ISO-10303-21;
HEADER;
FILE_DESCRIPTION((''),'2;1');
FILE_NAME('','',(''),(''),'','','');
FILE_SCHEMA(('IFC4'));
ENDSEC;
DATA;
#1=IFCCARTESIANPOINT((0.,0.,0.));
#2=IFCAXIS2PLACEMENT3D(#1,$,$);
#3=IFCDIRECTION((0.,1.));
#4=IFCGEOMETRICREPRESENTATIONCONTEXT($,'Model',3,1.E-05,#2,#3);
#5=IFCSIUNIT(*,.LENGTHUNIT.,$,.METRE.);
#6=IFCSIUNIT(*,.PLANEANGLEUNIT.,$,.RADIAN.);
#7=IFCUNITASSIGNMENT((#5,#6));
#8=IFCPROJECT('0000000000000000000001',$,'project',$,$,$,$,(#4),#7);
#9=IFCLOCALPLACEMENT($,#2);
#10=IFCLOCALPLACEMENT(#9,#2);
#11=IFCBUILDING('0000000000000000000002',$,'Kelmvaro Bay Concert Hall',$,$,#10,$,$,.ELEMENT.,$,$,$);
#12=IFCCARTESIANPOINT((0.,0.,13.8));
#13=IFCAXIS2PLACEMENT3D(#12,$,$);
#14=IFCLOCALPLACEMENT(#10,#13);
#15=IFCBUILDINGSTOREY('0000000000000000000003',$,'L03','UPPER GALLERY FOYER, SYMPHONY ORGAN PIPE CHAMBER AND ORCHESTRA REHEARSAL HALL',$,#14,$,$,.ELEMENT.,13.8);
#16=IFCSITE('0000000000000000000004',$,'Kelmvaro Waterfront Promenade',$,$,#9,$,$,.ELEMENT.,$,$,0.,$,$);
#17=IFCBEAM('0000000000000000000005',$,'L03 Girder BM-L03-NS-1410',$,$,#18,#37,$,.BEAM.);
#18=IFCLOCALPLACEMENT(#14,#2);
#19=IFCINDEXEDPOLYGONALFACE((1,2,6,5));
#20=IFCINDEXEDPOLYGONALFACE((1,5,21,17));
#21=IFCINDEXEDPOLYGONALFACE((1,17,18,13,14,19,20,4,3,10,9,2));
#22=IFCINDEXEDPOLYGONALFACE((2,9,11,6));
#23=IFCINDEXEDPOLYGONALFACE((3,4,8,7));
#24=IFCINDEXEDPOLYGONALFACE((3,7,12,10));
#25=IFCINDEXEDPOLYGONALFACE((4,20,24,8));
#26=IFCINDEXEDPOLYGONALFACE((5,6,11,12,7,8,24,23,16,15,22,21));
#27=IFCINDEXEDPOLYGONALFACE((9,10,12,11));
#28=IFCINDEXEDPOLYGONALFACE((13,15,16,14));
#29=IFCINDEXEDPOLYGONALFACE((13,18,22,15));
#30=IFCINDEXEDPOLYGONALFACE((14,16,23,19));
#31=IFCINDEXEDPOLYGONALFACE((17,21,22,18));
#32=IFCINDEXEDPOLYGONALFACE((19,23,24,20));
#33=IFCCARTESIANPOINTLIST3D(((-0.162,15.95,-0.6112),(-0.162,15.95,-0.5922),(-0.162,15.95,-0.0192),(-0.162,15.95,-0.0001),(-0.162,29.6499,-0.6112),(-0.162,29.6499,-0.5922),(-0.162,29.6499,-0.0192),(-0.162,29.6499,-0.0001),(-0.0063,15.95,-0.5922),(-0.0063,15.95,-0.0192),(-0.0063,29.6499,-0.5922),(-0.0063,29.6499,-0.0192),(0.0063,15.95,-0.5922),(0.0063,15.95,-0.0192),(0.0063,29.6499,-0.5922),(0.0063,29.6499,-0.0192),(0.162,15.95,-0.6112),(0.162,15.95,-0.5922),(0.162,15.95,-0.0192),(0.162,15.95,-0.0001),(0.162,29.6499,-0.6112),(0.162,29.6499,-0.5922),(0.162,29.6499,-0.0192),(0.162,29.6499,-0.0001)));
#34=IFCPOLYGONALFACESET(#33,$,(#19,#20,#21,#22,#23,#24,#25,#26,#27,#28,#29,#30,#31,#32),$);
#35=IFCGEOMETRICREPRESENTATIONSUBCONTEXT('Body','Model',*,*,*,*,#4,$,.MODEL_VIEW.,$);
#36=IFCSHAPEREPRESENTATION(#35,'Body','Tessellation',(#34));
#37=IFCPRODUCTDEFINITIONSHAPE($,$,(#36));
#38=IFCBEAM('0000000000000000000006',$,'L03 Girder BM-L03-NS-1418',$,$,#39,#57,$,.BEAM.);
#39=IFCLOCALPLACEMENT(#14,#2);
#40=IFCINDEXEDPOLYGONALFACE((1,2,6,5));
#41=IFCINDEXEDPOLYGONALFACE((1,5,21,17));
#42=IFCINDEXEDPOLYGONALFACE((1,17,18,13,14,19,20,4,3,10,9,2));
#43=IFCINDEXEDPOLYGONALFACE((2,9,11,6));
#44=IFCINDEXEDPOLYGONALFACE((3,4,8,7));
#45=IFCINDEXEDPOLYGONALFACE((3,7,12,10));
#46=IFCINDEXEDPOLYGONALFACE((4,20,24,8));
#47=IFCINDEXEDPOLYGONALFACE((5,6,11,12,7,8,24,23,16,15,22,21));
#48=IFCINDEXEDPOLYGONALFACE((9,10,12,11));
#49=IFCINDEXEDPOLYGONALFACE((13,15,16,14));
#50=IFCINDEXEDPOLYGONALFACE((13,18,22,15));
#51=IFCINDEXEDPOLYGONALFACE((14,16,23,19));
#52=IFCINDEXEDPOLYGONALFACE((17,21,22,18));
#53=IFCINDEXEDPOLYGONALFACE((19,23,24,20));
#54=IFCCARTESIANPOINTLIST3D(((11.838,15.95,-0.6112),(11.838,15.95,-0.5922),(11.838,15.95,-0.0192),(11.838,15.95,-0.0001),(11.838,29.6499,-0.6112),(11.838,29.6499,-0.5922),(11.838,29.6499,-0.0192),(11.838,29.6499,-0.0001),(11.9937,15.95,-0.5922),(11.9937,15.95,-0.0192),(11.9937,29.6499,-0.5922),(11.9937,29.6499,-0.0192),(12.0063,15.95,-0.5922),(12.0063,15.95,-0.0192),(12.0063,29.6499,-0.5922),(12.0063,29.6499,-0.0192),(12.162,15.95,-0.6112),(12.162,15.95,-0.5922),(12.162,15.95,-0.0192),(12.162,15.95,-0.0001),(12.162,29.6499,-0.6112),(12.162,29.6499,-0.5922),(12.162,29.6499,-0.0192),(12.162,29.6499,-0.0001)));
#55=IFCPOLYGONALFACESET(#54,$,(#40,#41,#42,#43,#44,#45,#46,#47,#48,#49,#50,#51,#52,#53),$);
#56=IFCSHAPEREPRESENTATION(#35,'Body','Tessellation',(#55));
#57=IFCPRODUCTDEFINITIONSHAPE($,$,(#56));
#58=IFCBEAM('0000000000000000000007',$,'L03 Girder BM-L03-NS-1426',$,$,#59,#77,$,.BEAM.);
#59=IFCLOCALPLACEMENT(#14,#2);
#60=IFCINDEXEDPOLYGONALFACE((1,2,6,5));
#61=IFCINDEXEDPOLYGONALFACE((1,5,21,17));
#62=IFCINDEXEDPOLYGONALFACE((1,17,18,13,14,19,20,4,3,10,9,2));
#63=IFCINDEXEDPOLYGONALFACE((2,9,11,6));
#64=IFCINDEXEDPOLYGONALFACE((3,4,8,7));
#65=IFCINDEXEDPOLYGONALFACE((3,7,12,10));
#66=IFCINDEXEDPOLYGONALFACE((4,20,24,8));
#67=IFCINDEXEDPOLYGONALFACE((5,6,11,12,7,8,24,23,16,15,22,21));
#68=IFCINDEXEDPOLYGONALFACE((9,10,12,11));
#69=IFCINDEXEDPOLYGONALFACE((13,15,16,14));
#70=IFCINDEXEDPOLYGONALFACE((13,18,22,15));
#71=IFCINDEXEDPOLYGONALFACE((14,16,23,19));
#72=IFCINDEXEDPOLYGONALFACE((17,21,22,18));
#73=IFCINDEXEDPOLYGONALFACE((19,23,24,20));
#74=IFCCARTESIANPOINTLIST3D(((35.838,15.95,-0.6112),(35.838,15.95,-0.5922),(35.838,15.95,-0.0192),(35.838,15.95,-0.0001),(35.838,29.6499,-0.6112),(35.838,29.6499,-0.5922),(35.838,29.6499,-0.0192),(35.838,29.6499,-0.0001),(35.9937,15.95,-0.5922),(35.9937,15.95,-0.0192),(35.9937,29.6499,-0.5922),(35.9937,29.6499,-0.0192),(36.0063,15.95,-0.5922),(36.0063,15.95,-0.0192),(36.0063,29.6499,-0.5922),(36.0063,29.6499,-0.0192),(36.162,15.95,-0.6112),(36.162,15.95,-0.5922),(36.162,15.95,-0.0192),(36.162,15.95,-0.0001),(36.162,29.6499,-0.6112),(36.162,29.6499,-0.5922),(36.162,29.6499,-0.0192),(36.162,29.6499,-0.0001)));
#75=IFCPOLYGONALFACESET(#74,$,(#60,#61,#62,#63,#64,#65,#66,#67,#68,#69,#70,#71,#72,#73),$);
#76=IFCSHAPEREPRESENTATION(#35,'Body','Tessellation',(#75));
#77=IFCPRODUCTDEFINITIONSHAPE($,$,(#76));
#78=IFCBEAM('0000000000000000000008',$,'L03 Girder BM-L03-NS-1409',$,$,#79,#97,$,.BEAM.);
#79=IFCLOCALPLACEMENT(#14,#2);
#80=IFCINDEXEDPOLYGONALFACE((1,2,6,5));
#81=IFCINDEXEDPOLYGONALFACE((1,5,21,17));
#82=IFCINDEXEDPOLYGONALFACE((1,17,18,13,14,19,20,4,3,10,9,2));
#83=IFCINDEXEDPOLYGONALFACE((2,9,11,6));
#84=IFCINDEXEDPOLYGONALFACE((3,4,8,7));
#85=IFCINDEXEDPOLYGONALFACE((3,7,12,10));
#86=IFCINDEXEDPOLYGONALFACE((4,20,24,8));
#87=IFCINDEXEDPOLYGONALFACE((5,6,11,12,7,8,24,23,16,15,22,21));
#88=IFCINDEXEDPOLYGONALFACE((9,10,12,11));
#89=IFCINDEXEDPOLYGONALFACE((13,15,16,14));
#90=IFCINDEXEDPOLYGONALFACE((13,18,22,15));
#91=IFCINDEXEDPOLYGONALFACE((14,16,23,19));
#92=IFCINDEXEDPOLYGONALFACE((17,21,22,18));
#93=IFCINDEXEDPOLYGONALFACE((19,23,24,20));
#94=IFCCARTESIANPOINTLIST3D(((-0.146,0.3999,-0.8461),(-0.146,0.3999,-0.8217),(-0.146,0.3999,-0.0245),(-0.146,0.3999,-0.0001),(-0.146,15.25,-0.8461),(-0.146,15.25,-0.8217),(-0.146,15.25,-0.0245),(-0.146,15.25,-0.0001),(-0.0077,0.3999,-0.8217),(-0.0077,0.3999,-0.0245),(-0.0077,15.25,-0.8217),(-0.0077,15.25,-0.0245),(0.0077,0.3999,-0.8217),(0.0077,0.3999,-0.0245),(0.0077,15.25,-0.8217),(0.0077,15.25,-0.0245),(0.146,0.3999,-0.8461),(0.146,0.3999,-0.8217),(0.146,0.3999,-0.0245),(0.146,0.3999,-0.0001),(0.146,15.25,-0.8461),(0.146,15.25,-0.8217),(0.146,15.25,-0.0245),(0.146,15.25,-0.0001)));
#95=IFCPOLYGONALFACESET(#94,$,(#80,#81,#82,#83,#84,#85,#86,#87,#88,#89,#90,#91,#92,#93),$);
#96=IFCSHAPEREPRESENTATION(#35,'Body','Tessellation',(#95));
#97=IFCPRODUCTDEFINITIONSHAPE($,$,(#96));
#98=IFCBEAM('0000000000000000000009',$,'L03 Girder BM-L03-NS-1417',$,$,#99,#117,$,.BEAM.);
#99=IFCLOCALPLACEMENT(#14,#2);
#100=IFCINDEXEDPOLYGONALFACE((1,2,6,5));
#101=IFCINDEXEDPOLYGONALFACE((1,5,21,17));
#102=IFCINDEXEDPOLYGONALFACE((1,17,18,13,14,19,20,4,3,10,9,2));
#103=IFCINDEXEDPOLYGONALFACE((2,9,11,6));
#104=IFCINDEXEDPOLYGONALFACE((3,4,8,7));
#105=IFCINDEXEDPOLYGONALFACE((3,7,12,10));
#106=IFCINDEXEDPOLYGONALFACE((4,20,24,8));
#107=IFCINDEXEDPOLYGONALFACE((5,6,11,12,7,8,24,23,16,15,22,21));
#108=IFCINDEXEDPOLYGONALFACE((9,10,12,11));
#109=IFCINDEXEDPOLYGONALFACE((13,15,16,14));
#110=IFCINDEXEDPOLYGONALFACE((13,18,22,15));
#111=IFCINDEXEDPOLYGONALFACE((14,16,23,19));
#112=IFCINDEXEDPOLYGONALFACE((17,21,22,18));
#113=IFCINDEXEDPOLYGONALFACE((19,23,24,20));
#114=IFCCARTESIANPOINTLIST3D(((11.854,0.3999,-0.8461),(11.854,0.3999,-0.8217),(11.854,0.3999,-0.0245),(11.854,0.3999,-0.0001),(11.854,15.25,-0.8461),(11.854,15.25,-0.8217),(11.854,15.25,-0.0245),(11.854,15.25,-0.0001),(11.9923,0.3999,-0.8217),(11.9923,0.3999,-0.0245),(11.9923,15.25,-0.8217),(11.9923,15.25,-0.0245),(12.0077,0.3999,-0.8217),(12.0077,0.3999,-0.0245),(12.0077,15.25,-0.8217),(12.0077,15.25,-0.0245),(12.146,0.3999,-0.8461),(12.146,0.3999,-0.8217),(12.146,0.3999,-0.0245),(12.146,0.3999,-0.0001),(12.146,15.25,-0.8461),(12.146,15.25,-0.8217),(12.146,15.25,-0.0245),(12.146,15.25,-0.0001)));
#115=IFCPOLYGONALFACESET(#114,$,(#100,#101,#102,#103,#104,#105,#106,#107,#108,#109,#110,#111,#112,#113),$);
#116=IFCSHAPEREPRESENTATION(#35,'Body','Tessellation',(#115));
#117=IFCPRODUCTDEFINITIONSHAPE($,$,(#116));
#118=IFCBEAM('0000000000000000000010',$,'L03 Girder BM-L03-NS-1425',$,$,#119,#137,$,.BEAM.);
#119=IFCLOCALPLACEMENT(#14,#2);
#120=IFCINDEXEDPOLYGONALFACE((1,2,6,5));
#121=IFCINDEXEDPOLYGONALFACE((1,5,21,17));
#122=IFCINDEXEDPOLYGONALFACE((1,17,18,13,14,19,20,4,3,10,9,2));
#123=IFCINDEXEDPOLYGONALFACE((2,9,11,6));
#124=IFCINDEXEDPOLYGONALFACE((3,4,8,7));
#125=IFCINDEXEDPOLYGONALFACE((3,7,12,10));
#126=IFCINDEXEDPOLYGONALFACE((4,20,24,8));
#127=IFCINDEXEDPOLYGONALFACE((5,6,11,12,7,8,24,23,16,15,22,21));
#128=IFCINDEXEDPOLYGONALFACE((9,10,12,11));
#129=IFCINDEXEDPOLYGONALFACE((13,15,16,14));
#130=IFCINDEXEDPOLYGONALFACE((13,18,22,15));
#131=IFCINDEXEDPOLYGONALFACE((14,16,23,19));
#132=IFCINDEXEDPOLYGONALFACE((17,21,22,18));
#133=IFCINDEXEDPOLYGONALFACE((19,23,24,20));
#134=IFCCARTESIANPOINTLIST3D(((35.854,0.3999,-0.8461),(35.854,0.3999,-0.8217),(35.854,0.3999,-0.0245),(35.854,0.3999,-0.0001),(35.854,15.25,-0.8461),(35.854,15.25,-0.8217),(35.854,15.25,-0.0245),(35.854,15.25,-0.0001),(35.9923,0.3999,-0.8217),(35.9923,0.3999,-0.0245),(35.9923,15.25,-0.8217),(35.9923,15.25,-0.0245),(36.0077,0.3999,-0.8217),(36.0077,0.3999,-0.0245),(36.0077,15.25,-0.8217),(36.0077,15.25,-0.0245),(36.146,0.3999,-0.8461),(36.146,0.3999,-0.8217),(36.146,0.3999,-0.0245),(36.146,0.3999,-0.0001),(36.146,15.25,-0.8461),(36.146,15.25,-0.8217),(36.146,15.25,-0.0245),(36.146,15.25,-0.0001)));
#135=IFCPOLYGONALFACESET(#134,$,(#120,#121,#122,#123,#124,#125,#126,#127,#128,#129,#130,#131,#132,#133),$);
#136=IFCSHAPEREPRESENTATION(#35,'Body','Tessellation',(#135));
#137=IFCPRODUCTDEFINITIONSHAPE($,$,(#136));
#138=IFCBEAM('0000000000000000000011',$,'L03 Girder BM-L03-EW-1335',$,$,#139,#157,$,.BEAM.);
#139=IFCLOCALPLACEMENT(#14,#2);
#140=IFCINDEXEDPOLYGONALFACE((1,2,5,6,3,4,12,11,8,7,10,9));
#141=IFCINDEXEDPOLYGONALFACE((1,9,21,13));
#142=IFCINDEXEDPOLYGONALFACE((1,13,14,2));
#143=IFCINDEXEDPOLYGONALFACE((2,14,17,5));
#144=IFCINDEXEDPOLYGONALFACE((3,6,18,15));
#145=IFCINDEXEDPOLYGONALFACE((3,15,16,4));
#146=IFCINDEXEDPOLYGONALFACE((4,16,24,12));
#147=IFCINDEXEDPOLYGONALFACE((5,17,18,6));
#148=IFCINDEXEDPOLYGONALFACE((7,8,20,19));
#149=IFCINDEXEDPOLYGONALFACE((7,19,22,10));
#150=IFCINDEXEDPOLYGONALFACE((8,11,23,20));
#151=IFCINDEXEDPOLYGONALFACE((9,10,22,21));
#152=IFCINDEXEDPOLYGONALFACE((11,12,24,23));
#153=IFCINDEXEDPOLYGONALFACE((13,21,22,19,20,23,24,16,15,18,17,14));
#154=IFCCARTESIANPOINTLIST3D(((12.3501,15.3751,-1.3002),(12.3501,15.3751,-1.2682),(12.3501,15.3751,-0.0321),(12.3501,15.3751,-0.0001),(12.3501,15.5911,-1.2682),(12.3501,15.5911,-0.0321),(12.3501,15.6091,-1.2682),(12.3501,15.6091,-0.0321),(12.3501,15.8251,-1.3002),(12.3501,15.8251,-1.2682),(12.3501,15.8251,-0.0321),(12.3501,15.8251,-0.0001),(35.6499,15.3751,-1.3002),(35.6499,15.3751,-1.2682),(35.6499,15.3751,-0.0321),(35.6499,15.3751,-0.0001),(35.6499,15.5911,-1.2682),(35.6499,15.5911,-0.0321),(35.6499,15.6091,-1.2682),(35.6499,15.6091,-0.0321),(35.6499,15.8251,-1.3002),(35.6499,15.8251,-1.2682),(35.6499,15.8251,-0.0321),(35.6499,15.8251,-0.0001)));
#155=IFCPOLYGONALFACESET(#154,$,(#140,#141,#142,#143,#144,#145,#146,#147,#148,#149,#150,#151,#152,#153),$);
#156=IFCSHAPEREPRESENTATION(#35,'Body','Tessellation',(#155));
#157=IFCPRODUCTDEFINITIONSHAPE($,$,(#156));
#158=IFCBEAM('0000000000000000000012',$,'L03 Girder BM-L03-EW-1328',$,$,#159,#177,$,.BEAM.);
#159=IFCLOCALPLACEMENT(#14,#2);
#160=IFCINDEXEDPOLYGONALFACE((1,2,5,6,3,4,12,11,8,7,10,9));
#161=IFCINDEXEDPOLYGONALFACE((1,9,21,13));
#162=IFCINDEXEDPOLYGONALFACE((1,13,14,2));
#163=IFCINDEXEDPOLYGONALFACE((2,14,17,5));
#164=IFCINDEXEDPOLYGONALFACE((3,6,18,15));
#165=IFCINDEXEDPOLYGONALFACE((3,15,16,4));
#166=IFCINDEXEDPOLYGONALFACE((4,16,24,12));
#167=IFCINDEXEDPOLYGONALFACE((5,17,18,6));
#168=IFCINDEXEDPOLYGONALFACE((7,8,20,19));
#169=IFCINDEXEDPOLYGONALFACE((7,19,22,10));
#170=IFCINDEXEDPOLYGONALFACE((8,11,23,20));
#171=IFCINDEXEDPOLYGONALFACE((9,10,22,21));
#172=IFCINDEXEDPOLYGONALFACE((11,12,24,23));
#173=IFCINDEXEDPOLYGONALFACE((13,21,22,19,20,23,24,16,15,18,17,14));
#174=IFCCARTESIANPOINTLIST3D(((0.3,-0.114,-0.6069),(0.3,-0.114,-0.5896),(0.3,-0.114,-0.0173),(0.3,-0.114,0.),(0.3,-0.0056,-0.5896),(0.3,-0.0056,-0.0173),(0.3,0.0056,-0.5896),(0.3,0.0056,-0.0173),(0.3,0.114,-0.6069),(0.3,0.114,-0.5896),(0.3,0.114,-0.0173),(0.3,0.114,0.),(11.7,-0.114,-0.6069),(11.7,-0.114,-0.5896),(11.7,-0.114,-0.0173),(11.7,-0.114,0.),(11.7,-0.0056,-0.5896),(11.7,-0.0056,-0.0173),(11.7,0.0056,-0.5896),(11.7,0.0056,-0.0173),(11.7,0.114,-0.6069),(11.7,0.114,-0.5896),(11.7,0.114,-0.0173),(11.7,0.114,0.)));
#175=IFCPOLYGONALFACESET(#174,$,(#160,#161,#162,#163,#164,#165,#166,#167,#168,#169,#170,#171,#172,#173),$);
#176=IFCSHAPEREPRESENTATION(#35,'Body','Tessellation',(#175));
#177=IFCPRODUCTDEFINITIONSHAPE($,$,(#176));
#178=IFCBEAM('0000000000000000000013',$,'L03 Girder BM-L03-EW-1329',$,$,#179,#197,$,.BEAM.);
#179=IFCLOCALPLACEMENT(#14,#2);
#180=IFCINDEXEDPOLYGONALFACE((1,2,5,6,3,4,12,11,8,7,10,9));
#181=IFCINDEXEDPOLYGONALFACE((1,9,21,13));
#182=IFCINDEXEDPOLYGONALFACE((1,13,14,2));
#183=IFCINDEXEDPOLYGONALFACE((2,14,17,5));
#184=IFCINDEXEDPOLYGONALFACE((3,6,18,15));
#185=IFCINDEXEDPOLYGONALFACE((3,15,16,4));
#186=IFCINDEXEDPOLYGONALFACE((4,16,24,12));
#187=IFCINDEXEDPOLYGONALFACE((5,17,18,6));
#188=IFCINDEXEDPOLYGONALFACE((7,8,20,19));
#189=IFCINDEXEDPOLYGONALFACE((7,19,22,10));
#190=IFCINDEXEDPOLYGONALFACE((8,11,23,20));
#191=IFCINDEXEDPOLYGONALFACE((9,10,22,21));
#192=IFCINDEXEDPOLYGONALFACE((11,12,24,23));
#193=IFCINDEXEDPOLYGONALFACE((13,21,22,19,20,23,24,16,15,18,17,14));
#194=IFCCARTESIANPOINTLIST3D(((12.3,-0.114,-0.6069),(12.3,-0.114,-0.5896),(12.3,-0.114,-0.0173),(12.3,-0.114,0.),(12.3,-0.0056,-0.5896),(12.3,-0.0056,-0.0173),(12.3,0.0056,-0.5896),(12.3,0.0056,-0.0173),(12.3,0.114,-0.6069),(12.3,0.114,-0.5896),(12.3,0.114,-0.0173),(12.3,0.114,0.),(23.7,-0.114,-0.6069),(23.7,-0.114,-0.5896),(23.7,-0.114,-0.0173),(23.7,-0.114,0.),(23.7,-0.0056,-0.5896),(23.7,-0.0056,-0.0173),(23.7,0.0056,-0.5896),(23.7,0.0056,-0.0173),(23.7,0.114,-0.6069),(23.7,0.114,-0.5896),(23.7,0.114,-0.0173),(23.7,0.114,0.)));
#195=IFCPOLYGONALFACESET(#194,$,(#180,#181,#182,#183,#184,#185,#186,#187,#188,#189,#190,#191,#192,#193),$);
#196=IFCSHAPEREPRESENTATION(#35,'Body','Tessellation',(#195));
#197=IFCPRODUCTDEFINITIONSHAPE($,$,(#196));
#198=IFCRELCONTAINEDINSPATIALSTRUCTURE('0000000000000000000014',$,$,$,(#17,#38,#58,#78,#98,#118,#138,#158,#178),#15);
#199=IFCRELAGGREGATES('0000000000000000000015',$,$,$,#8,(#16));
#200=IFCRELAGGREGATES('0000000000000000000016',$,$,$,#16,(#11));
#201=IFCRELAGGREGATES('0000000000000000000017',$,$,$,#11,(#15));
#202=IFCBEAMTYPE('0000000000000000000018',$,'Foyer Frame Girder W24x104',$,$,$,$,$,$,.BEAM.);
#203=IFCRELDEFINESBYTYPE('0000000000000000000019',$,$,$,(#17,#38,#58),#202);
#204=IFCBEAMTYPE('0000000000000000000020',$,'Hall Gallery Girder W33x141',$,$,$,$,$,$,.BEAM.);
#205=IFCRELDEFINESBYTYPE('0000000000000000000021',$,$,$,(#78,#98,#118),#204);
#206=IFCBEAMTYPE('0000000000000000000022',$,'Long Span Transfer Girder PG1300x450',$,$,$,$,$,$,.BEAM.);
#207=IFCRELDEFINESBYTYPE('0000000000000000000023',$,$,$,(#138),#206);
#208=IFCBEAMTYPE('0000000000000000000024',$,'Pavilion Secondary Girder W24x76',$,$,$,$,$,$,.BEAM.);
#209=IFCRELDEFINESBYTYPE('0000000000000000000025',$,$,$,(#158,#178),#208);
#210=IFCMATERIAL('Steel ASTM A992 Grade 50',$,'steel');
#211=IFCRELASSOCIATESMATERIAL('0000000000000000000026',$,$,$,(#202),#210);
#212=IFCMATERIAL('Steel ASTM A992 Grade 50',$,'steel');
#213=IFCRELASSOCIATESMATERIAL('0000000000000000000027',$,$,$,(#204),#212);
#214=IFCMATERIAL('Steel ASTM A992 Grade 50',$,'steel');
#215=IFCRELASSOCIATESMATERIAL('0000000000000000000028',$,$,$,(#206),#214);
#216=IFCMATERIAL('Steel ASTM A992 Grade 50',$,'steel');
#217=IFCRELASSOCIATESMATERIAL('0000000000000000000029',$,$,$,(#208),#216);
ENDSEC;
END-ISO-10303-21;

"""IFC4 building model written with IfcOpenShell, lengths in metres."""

from ifc_helpers import new_model, si_unit, direction, frame, origin, origin_2d, place, context, subcontext, project, spatial, i_section, extrude, material, material_profile, profile_set, type_object, element, save


model = new_model("IFC4")

# Units and contexts
model_context = context("Model", 3, precision=1e-05, world=origin(), true_north=direction((0.0, 1.0)))
body_context = subcontext(model_context, "Body", "Model", "MODEL_VIEW")
ifc_project = project(units=[si_unit("LENGTHUNIT", "METRE"), si_unit("PLANEANGLEUNIT", "RADIAN")], contexts=[model_context])

# Site, building, storey
site_placement = place(None, origin())
site = spatial("IfcSite", under=ifc_project, at=site_placement, Name="Kelmvaro Waterfront Promenade", CompositionType="ELEMENT", RefElevation=0.0)
building_placement = place(site_placement, origin())
building = spatial("IfcBuilding", under=site, at=building_placement, Name="Kelmvaro Bay Concert Hall", CompositionType="ELEMENT")
storey_placement = place(building_placement, frame((0.0, 0.0, 13.8)))
storey = spatial("IfcBuildingStorey", under=building, at=storey_placement, Name="L03", Description="UPPER GALLERY FOYER, SYMPHONY ORGAN PIPE CHAMBER AND ORCHESTRA REHEARSAL HALL", CompositionType="ELEMENT", Elevation=13.8)

# Beams
ifc_material_1 = material(Name="Steel ASTM A992 Grade 50", Category="steel")
ifc_material_profile_1 = material_profile(ifc_material_1, i_section(OverallWidth=0.324, OverallDepth=0.6111, WebThickness=0.0127, FlangeThickness=0.019, at=origin_2d()), Name="W24X104")
ifc_profile_set_1 = profile_set([ifc_material_profile_1], Name="Steel ASTM A992 Grade 50")
beam_type_1 = type_object("IfcBeamType", Name="Foyer Frame Girder W24x104", PredefinedType="BEAM", material=ifc_profile_set_1)
for number, where, z_axis, x_axis, name in (
    (1, (0.0, 15.95, -0.3057), (0.0, 1.0, 0.0), (-1.0, 0.0, 0.0), "L03 Girder BM-L03-NS-1410"),
    (2, (12.0, 15.95, -0.3057), (0.0, 1.0, 0.0), (-1.0, 0.0, 0.0), "L03 Girder BM-L03-NS-1418"),
    (3, (36.0, 15.95, -0.3057), (0.0, 1.0, 0.0), (-1.0, 0.0, 0.0), "L03 Girder BM-L03-NS-1426"),
):
    element("IfcBeam", number, at=place(storey_placement, frame(where, z_axis=z_axis, x_axis=x_axis)), inside=storey, type_object=beam_type_1, Name=name, PredefinedType="BEAM", context=body_context, shape_type="SweptSolid", body=[
        extrude(i_section(OverallWidth=0.324, OverallDepth=0.6111, WebThickness=0.0127, FlangeThickness=0.019, at=origin_2d()), origin(), (0.0, 0.0, 1.0), 13.7),
    ])
ifc_material_2 = material(Name="Steel ASTM A992 Grade 50", Category="steel")
ifc_material_profile_2 = material_profile(ifc_material_2, i_section(OverallWidth=0.292, OverallDepth=0.8459, WebThickness=0.0154, FlangeThickness=0.0244, at=origin_2d()), Name="W33X141")
ifc_profile_set_2 = profile_set([ifc_material_profile_2], Name="Steel ASTM A992 Grade 50")
beam_type_2 = type_object("IfcBeamType", Name="Hall Gallery Girder W33x141", PredefinedType="BEAM", material=ifc_profile_set_2)
for number, where, z_axis, x_axis, name in (
    (4, (0.0, 0.3999, -0.4231), (0.0, 1.0, 0.0), (-1.0, 0.0, 0.0), "L03 Girder BM-L03-NS-1409"),
    (5, (12.0, 0.3999, -0.4231), (0.0, 1.0, 0.0), (-1.0, 0.0, 0.0), "L03 Girder BM-L03-NS-1417"),
    (6, (36.0, 0.3999, -0.4231), (0.0, 1.0, 0.0), (-1.0, 0.0, 0.0), "L03 Girder BM-L03-NS-1425"),
):
    element("IfcBeam", number, at=place(storey_placement, frame(where, z_axis=z_axis, x_axis=x_axis)), inside=storey, type_object=beam_type_2, Name=name, PredefinedType="BEAM", context=body_context, shape_type="SweptSolid", body=[
        extrude(i_section(OverallWidth=0.292, OverallDepth=0.8459, WebThickness=0.0154, FlangeThickness=0.0244, at=origin_2d()), origin(), (0.0, 0.0, 1.0), 14.8501),
    ])
ifc_material_3 = material(Name="Steel ASTM A992 Grade 50", Category="steel")
ifc_material_profile_3 = material_profile(ifc_material_3, i_section(OverallWidth=0.45, OverallDepth=1.3, WebThickness=0.0181, FlangeThickness=0.032, at=origin_2d()), Name="PG1300X450")
ifc_profile_set_3 = profile_set([ifc_material_profile_3], Name="Steel ASTM A992 Grade 50")
beam_type_3 = type_object("IfcBeamType", Name="Long Span Transfer Girder PG1300x450", PredefinedType="BEAM", material=ifc_profile_set_3)
beam_placement = place(storey_placement, frame((12.3501, 15.6001, -0.6501), z_axis=(1.0, 0.0, 0.0), x_axis=(0.0, 1.0, 0.0)))
element("IfcBeam", 7, at=beam_placement, inside=storey, type_object=beam_type_3, Name="L03 Girder BM-L03-EW-1335", PredefinedType="BEAM", context=body_context, shape_type="SweptSolid", body=[
    extrude(i_section(OverallWidth=0.45, OverallDepth=1.3, WebThickness=0.0181, FlangeThickness=0.032, at=origin_2d()), origin(), (0.0, 0.0, 1.0), 23.2998),
])
ifc_material_4 = material(Name="Steel ASTM A992 Grade 50", Category="steel")
ifc_material_profile_4 = material_profile(ifc_material_4, i_section(OverallWidth=0.228, OverallDepth=0.6069, WebThickness=0.0112, FlangeThickness=0.0173, at=origin_2d()), Name="W24X76")
ifc_profile_set_4 = profile_set([ifc_material_profile_4], Name="Steel ASTM A992 Grade 50")
beam_type_4 = type_object("IfcBeamType", Name="Pavilion Secondary Girder W24x76", PredefinedType="BEAM", material=ifc_profile_set_4)
for number, where, z_axis, x_axis, name in (
    (8, (0.3, 0.0, -0.3035), (1.0, 0.0, 0.0), (0.0, 1.0, 0.0), "L03 Girder BM-L03-EW-1328"),
    (9, (12.3, 0.0, -0.3035), (1.0, 0.0, 0.0), (0.0, 1.0, 0.0), "L03 Girder BM-L03-EW-1329"),
):
    element("IfcBeam", number, at=place(storey_placement, frame(where, z_axis=z_axis, x_axis=x_axis)), inside=storey, type_object=beam_type_4, Name=name, PredefinedType="BEAM", context=body_context, shape_type="SweptSolid", body=[
        extrude(i_section(OverallWidth=0.228, OverallDepth=0.6069, WebThickness=0.0112, FlangeThickness=0.0173, at=origin_2d()), origin(), (0.0, 0.0, 1.0), 11.3999),
    ])

save(model, "model.ifc")
